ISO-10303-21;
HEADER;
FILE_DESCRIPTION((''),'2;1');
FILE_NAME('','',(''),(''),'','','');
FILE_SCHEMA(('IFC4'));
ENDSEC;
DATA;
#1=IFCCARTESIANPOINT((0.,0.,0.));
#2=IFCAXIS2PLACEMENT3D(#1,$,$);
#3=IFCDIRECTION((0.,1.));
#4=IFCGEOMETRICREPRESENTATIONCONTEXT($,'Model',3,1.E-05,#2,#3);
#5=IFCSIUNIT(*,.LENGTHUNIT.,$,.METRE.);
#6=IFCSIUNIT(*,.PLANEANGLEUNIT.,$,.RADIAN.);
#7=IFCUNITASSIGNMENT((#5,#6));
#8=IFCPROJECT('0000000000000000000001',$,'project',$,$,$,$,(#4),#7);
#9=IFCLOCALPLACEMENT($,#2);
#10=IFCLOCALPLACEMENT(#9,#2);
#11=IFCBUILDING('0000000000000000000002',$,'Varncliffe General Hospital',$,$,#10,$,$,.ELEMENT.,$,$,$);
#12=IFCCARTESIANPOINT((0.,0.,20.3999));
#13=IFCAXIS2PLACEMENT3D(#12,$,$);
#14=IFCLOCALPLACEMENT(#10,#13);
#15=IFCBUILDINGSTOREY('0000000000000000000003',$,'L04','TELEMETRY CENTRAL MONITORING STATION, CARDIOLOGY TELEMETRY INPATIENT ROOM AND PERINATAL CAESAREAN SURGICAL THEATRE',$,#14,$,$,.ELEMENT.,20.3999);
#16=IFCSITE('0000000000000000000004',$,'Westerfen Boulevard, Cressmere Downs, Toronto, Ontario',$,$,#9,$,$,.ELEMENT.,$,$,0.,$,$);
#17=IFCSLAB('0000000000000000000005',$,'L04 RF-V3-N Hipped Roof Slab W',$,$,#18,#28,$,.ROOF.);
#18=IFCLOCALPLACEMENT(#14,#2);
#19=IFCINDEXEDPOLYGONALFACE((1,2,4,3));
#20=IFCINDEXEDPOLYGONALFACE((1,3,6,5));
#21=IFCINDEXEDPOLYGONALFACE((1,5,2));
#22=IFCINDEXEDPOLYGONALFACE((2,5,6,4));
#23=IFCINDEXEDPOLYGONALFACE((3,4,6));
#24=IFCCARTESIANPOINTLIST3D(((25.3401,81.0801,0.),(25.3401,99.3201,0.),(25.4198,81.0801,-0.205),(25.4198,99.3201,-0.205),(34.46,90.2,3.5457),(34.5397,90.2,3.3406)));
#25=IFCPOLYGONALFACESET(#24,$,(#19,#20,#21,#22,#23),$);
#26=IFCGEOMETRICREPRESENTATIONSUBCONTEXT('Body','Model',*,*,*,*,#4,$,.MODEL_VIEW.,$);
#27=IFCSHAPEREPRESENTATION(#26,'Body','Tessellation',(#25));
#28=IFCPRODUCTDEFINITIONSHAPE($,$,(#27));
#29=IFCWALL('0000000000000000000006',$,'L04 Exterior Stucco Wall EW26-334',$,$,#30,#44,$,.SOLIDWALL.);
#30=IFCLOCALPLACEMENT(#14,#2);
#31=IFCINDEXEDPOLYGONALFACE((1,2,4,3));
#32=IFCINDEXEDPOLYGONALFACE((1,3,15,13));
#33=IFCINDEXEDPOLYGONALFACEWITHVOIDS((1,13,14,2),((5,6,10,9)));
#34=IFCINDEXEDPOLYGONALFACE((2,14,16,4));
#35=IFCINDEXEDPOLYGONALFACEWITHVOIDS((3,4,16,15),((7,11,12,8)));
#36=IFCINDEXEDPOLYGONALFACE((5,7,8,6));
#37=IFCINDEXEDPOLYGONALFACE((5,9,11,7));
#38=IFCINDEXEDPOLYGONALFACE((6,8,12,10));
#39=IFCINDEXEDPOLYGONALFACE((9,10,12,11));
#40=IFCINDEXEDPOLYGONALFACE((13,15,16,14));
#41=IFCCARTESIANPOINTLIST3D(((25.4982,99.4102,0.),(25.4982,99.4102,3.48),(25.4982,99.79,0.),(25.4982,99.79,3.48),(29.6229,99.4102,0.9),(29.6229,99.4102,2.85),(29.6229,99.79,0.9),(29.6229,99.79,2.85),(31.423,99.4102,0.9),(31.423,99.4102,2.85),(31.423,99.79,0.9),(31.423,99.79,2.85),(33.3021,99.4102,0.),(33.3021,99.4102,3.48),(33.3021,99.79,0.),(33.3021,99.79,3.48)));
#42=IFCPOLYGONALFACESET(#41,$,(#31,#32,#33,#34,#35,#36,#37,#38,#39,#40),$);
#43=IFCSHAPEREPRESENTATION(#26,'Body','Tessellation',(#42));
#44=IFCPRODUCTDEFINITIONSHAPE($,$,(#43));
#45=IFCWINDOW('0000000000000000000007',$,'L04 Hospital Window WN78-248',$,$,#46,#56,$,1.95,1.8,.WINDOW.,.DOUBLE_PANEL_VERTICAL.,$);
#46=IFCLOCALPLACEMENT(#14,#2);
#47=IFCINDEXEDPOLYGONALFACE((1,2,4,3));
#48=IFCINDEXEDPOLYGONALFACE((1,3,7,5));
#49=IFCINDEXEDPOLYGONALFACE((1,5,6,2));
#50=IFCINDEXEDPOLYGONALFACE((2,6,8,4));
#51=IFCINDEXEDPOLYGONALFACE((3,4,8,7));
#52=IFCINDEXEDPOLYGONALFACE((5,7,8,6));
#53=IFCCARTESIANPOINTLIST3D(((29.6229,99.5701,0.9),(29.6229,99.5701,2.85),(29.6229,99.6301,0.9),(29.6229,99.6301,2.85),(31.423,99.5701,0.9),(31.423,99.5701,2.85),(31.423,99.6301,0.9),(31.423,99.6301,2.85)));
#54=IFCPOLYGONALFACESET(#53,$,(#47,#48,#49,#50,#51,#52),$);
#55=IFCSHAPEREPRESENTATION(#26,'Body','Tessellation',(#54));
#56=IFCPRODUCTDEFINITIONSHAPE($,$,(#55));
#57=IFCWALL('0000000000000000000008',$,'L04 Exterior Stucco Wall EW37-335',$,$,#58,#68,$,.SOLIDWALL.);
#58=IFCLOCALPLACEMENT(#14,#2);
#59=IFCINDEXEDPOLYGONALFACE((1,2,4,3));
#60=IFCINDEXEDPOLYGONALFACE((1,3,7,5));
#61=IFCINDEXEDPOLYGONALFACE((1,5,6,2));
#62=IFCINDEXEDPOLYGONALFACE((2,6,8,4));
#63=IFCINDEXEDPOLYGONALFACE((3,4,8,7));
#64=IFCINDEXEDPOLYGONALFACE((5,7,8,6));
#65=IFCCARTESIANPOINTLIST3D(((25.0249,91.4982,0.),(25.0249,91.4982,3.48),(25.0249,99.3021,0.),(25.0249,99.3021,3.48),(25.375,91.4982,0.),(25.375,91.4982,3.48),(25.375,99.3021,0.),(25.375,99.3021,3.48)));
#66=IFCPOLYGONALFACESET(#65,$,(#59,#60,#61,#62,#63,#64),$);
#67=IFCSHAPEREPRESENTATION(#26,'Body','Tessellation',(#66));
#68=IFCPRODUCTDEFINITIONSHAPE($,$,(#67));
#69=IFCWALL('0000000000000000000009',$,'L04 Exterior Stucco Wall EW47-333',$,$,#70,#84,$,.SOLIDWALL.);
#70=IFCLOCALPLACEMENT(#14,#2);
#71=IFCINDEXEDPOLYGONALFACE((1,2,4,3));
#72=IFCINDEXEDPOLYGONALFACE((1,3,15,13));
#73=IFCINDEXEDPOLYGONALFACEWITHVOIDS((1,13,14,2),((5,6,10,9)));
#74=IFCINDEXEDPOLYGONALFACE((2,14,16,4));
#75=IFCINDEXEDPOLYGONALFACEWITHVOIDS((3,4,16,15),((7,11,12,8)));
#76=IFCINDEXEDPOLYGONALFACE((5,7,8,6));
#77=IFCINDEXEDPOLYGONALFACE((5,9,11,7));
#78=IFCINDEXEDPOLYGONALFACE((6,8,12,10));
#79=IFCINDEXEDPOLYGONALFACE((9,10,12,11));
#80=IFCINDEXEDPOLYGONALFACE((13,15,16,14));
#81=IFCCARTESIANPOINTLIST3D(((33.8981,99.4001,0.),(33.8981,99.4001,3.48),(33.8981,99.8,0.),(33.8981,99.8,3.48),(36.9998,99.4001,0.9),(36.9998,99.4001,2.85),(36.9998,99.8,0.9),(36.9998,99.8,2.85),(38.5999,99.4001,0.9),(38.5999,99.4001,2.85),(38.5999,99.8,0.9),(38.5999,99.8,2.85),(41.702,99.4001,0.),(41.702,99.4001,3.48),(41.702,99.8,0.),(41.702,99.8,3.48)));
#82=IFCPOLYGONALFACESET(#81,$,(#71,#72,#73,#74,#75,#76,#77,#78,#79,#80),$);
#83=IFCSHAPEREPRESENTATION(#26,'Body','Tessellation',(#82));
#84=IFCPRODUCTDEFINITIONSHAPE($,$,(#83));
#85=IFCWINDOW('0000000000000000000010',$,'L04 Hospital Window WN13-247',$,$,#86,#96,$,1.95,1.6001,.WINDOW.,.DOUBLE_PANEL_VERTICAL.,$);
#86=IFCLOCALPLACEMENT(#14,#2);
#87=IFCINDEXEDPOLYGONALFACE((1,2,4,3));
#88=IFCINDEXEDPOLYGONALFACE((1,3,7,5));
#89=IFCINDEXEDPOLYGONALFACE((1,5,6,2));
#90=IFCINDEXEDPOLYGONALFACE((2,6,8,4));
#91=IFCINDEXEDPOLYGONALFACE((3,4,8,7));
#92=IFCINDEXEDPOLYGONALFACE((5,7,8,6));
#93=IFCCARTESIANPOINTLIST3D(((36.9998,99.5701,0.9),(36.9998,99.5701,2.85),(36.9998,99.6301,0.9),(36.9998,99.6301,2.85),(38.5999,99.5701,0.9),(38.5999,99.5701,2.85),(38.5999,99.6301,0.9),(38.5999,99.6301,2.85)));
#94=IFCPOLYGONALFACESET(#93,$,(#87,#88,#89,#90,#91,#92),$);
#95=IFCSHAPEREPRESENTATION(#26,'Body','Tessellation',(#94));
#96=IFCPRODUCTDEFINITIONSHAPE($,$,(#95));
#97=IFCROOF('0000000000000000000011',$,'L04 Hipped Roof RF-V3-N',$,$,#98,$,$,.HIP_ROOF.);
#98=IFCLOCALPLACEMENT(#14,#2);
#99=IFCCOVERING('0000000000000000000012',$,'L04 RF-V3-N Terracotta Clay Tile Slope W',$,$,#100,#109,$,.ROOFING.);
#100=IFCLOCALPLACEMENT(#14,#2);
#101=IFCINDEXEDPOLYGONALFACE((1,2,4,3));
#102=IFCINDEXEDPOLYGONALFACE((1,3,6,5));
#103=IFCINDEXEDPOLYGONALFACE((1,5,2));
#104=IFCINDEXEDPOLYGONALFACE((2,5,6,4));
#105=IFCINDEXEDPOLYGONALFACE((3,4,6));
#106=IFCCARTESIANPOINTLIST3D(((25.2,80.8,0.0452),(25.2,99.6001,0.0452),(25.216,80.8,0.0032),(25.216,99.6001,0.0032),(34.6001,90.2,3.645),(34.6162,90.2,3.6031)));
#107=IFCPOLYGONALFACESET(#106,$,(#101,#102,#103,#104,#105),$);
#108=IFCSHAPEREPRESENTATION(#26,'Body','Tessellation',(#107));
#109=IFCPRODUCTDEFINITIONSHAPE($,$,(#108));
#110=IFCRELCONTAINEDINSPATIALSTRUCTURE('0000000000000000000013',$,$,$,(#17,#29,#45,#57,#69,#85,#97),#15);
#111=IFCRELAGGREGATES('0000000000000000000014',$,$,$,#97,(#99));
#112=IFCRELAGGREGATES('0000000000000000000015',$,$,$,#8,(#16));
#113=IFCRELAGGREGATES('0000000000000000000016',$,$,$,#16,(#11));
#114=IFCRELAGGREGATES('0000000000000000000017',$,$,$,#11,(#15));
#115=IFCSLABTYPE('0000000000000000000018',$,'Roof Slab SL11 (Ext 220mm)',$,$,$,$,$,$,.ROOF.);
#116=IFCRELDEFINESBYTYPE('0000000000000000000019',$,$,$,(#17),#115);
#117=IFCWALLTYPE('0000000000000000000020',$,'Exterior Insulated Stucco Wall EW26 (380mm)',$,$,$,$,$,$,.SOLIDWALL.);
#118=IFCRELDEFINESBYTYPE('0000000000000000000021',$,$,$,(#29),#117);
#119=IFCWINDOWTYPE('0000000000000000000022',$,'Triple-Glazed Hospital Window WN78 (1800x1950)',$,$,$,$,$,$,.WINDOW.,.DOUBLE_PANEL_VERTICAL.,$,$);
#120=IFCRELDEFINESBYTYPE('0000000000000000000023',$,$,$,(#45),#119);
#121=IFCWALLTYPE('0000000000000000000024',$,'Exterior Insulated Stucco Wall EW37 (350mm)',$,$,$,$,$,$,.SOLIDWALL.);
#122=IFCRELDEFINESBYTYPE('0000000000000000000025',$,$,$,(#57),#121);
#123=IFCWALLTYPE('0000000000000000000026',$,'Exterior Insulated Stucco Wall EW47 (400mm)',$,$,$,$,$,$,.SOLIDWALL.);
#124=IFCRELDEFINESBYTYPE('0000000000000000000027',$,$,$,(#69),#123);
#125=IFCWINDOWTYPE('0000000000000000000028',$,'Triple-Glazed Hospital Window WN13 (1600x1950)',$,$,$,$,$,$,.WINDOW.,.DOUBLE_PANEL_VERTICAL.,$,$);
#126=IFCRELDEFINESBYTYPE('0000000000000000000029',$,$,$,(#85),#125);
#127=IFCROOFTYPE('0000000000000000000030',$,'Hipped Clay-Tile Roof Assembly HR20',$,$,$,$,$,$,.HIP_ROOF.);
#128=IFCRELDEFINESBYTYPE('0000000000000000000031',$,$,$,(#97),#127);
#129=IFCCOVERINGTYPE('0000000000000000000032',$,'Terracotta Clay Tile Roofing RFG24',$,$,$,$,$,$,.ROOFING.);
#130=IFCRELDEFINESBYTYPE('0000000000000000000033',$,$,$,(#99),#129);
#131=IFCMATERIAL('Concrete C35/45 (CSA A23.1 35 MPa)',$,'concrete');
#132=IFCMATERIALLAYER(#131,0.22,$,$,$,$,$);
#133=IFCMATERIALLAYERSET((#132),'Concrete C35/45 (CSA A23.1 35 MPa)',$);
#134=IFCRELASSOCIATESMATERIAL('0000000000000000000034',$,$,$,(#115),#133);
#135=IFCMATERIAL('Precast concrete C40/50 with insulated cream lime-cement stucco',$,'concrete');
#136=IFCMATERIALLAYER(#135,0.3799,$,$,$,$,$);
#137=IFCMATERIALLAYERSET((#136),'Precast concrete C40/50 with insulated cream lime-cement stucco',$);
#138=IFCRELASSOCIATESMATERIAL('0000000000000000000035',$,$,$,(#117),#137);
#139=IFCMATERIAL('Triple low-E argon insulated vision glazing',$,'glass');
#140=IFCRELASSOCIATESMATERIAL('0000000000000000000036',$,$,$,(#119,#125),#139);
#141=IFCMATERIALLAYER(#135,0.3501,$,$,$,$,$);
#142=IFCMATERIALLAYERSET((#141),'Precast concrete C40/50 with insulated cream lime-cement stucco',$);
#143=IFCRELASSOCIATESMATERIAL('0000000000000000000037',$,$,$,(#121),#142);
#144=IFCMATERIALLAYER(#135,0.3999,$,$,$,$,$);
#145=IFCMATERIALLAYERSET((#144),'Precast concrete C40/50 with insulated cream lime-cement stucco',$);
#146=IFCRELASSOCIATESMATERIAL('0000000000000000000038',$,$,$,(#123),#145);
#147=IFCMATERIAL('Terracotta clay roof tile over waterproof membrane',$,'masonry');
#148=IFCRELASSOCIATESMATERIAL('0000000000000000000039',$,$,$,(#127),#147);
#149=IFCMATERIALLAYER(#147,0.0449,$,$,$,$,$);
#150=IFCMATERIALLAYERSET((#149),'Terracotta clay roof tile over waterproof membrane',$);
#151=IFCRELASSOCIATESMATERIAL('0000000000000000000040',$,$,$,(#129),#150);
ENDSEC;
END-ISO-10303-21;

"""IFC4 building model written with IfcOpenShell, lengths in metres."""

from ifc_helpers import new_model, si_unit, direction, frame, frame_2d, origin, place, context, subcontext, project, spatial, polyline, rectangle, outline, extrude, material, layer, layer_set, type_object, element, fill, aggregate, save


model = new_model("IFC4")

# Units and contexts
model_context = context("Model", 3, precision=1e-05, world=origin(), true_north=direction((0.0, 1.0)))
body_context = subcontext(model_context, "Body", "Model", "MODEL_VIEW")
ifc_project = project(units=[si_unit("LENGTHUNIT", "METRE"), si_unit("PLANEANGLEUNIT", "RADIAN")], contexts=[model_context])

# Site, building, storey
site_placement = place(None, origin())
site = spatial("IfcSite", under=ifc_project, at=site_placement, Name="Westerfen Boulevard, Cressmere Downs, Toronto, Ontario", CompositionType="ELEMENT", RefElevation=0.0)
building_placement = place(site_placement, origin())
building = spatial("IfcBuilding", under=site, at=building_placement, Name="Varncliffe General Hospital", CompositionType="ELEMENT")
storey_placement = place(building_placement, frame((0.0, 0.0, 20.3999)))
storey = spatial("IfcBuildingStorey", under=building, at=storey_placement, Name="L04", Description="TELEMETRY CENTRAL MONITORING STATION, CARDIOLOGY TELEMETRY INPATIENT ROOM AND PERINATAL CAESAREAN SURGICAL THEATRE", CompositionType="ELEMENT", Elevation=20.3999)

# Shared definitions
ifc_material_1 = material(Name="Concrete C35/45 (CSA A23.1 35 MPa)", Category="concrete")

# Slab
ifc_layer_1 = layer(ifc_material_1, 0.22)
ifc_layer_set_1 = layer_set([ifc_layer_1], Name="Concrete C35/45 (CSA A23.1 35 MPa)")
slab_type = type_object("IfcSlabType", Name="Roof Slab SL11 (Ext 220mm)", PredefinedType="ROOF", material=ifc_layer_set_1)
slab_placement = place(storey_placement, frame((25.3401, 99.3201, 0.0), z_axis=(-0.362361, 0.0, 0.932038), x_axis=(0.0, -1.0, 0.0)))
element("IfcSlab", 1, at=slab_placement, inside=storey, type_object=slab_type, Name="L04 RF-V3-N Hipped Roof Slab W", PredefinedType="ROOF", context=body_context, shape_type="SweptSolid", body=[
    extrude(outline(polyline([(0.0, 0.0), (18.24, 0.0), (9.1201, 9.7849), (0.0, 0.0)])), origin(), (0.0, 0.0, -1.0), 0.22),
])

# Wall, opening, window
ifc_material_2 = material(Name="Precast concrete C40/50 with insulated cream lime-cement stucco", Category="concrete")
ifc_layer_2 = layer(ifc_material_2, 0.3799)
ifc_layer_set_2 = layer_set([ifc_layer_2], Name="Precast concrete C40/50 with insulated cream lime-cement stucco")
wall_type_1 = type_object("IfcWallType", Name="Exterior Insulated Stucco Wall EW26 (380mm)", PredefinedType="SOLIDWALL", material=ifc_layer_set_2)
wall_1_placement = place(storey_placement, frame((33.302, 99.6001, 0.0), z_axis=(0.0, 0.0, 1.0), x_axis=(-1.0, 0.0, 0.0)))
wall_1 = element("IfcWall", 2, at=wall_1_placement, inside=storey, type_object=wall_type_1, Name="L04 Exterior Stucco Wall EW26-334", PredefinedType="SOLIDWALL", context=body_context, shape_type="SweptSolid", body=[
    extrude(rectangle(XDim=7.804, YDim=0.3799, at=frame_2d((3.9019, 0.0))), origin(), (0.0, 0.0, 1.0), 3.48),
])
opening_1_placement = place(wall_1_placement, frame((1.8792, 0.0, 0.8999)))
opening_1 = element("IfcOpeningElement", 3, at=opening_1_placement, cuts=wall_1, PredefinedType="OPENING", context=body_context, shape_type="SweptSolid", body=[
    extrude(rectangle(XDim=1.8, YDim=1.95, at=frame_2d((0.8999, 0.9751))), frame((0.0, 0.2, 0.0), z_axis=(0.0, -1.0, 0.0), x_axis=(1.0, 0.0, 0.0)), (0.0, 0.0, 1.0), 0.3999),
])
ifc_material_3 = material(Name="Triple low-E argon insulated vision glazing", Category="glass")
window_type_1 = type_object("IfcWindowType", Name="Triple-Glazed Hospital Window WN78 (1800x1950)", PartitioningType="DOUBLE_PANEL_VERTICAL", PredefinedType="WINDOW", material=ifc_material_3)
window_1_placement = place(opening_1_placement, origin())
window_1 = element("IfcWindow", 4, at=window_1_placement, inside=storey, type_object=window_type_1, Name="L04 Hospital Window WN78-248", OverallHeight=1.95, OverallWidth=1.8, PartitioningType="DOUBLE_PANEL_VERTICAL", PredefinedType="WINDOW", context=body_context, shape_type="SweptSolid", body=[
    extrude(rectangle(XDim=1.8, YDim=1.95, at=frame_2d((0.8999, 0.9751))), frame((0.0, 0.03, 0.0), z_axis=(0.0, -1.0, 0.0), x_axis=(1.0, 0.0, 0.0)), (0.0, 0.0, 1.0), 0.0601),
])
fill(opening_1, window_1)

# Wall
ifc_layer_3 = layer(ifc_material_2, 0.3501)
ifc_layer_set_3 = layer_set([ifc_layer_3], Name="Precast concrete C40/50 with insulated cream lime-cement stucco")
wall_type_2 = type_object("IfcWallType", Name="Exterior Insulated Stucco Wall EW37 (350mm)", PredefinedType="SOLIDWALL", material=ifc_layer_set_3)
wall_2_placement = place(storey_placement, frame((25.2, 99.302, 0.0), z_axis=(0.0, 0.0, 1.0), x_axis=(0.0, -1.0, 0.0)))
element("IfcWall", 5, at=wall_2_placement, inside=storey, type_object=wall_type_2, Name="L04 Exterior Stucco Wall EW37-335", PredefinedType="SOLIDWALL", context=body_context, shape_type="SweptSolid", body=[
    extrude(rectangle(XDim=7.804, YDim=0.3501, at=frame_2d((3.9019, 0.0))), origin(), (0.0, 0.0, 1.0), 3.48),
])

# Wall, opening, window
ifc_layer_4 = layer(ifc_material_2, 0.3999)
ifc_layer_set_4 = layer_set([ifc_layer_4], Name="Precast concrete C40/50 with insulated cream lime-cement stucco")
wall_type_3 = type_object("IfcWallType", Name="Exterior Insulated Stucco Wall EW47 (400mm)", PredefinedType="SOLIDWALL", material=ifc_layer_set_4)
wall_3_placement = place(storey_placement, frame((41.7019, 99.6001, 0.0), z_axis=(0.0, 0.0, 1.0), x_axis=(-1.0, 0.0, 0.0)))
wall_3 = element("IfcWall", 6, at=wall_3_placement, inside=storey, type_object=wall_type_3, Name="L04 Exterior Stucco Wall EW47-333", PredefinedType="SOLIDWALL", context=body_context, shape_type="SweptSolid", body=[
    extrude(rectangle(XDim=7.804, YDim=0.3999, at=frame_2d((3.9019, 0.0))), origin(), (0.0, 0.0, 1.0), 3.48),
])
opening_2_placement = place(wall_3_placement, frame((3.1021, 0.0, 0.8999)))
opening_2 = element("IfcOpeningElement", 7, at=opening_2_placement, cuts=wall_3, PredefinedType="OPENING", context=body_context, shape_type="SweptSolid", body=[
    extrude(rectangle(XDim=1.6001, YDim=1.95, at=frame_2d((0.8, 0.9751))), frame((0.0, 0.21, 0.0), z_axis=(0.0, -1.0, 0.0), x_axis=(1.0, 0.0, 0.0)), (0.0, 0.0, 1.0), 0.4199),
])
window_type_2 = type_object("IfcWindowType", Name="Triple-Glazed Hospital Window WN13 (1600x1950)", PartitioningType="DOUBLE_PANEL_VERTICAL", PredefinedType="WINDOW", material=ifc_material_3)
window_2_placement = place(opening_2_placement, origin())
window_2 = element("IfcWindow", 8, at=window_2_placement, inside=storey, type_object=window_type_2, Name="L04 Hospital Window WN13-247", OverallHeight=1.95, OverallWidth=1.6001, PartitioningType="DOUBLE_PANEL_VERTICAL", PredefinedType="WINDOW", context=body_context, shape_type="SweptSolid", body=[
    extrude(rectangle(XDim=1.6001, YDim=1.95, at=frame_2d((0.8, 0.9751))), frame((0.0, 0.03, 0.0), z_axis=(0.0, -1.0, 0.0), x_axis=(1.0, 0.0, 0.0)), (0.0, 0.0, 1.0), 0.0601),
])
fill(opening_2, window_2)

# Roof, covering
ifc_material_4 = material(Name="Terracotta clay roof tile over waterproof membrane", Category="masonry")
roof_type = type_object("IfcRoofType", Name="Hipped Clay-Tile Roof Assembly HR20", PredefinedType="HIP_ROOF", material=ifc_material_4)
roof_placement = place(storey_placement, origin())
roof = element("IfcRoof", 9, at=roof_placement, inside=storey, type_object=roof_type, Name="L04 Hipped Roof RF-V3-N", PredefinedType="HIP_ROOF")
ifc_layer_5 = layer(ifc_material_4, 0.0449)
ifc_layer_set_5 = layer_set([ifc_layer_5], Name="Terracotta clay roof tile over waterproof membrane")
covering_type = type_object("IfcCoveringType", Name="Terracotta Clay Tile Roofing RFG24", PredefinedType="ROOFING", material=ifc_layer_set_5)
covering_placement = place(storey_placement, frame((25.2, 99.6001, 0.0452), z_axis=(-0.35763, 0.0, 0.933863), x_axis=(0.0, -1.0, 0.0)))
covering = element("IfcCovering", 10, at=covering_placement, type_object=covering_type, Name="L04 RF-V3-N Terracotta Clay Tile Slope W", PredefinedType="ROOFING", context=body_context, shape_type="SweptSolid", body=[
    extrude(outline(polyline([(0.0, 0.0), (18.8, 0.0), (9.4001, 10.0659), (0.0, 0.0)])), origin(), (0.0, 0.0, -1.0), 0.0449),
])
aggregate(roof, [covering])

save(model, "model.ifc")
